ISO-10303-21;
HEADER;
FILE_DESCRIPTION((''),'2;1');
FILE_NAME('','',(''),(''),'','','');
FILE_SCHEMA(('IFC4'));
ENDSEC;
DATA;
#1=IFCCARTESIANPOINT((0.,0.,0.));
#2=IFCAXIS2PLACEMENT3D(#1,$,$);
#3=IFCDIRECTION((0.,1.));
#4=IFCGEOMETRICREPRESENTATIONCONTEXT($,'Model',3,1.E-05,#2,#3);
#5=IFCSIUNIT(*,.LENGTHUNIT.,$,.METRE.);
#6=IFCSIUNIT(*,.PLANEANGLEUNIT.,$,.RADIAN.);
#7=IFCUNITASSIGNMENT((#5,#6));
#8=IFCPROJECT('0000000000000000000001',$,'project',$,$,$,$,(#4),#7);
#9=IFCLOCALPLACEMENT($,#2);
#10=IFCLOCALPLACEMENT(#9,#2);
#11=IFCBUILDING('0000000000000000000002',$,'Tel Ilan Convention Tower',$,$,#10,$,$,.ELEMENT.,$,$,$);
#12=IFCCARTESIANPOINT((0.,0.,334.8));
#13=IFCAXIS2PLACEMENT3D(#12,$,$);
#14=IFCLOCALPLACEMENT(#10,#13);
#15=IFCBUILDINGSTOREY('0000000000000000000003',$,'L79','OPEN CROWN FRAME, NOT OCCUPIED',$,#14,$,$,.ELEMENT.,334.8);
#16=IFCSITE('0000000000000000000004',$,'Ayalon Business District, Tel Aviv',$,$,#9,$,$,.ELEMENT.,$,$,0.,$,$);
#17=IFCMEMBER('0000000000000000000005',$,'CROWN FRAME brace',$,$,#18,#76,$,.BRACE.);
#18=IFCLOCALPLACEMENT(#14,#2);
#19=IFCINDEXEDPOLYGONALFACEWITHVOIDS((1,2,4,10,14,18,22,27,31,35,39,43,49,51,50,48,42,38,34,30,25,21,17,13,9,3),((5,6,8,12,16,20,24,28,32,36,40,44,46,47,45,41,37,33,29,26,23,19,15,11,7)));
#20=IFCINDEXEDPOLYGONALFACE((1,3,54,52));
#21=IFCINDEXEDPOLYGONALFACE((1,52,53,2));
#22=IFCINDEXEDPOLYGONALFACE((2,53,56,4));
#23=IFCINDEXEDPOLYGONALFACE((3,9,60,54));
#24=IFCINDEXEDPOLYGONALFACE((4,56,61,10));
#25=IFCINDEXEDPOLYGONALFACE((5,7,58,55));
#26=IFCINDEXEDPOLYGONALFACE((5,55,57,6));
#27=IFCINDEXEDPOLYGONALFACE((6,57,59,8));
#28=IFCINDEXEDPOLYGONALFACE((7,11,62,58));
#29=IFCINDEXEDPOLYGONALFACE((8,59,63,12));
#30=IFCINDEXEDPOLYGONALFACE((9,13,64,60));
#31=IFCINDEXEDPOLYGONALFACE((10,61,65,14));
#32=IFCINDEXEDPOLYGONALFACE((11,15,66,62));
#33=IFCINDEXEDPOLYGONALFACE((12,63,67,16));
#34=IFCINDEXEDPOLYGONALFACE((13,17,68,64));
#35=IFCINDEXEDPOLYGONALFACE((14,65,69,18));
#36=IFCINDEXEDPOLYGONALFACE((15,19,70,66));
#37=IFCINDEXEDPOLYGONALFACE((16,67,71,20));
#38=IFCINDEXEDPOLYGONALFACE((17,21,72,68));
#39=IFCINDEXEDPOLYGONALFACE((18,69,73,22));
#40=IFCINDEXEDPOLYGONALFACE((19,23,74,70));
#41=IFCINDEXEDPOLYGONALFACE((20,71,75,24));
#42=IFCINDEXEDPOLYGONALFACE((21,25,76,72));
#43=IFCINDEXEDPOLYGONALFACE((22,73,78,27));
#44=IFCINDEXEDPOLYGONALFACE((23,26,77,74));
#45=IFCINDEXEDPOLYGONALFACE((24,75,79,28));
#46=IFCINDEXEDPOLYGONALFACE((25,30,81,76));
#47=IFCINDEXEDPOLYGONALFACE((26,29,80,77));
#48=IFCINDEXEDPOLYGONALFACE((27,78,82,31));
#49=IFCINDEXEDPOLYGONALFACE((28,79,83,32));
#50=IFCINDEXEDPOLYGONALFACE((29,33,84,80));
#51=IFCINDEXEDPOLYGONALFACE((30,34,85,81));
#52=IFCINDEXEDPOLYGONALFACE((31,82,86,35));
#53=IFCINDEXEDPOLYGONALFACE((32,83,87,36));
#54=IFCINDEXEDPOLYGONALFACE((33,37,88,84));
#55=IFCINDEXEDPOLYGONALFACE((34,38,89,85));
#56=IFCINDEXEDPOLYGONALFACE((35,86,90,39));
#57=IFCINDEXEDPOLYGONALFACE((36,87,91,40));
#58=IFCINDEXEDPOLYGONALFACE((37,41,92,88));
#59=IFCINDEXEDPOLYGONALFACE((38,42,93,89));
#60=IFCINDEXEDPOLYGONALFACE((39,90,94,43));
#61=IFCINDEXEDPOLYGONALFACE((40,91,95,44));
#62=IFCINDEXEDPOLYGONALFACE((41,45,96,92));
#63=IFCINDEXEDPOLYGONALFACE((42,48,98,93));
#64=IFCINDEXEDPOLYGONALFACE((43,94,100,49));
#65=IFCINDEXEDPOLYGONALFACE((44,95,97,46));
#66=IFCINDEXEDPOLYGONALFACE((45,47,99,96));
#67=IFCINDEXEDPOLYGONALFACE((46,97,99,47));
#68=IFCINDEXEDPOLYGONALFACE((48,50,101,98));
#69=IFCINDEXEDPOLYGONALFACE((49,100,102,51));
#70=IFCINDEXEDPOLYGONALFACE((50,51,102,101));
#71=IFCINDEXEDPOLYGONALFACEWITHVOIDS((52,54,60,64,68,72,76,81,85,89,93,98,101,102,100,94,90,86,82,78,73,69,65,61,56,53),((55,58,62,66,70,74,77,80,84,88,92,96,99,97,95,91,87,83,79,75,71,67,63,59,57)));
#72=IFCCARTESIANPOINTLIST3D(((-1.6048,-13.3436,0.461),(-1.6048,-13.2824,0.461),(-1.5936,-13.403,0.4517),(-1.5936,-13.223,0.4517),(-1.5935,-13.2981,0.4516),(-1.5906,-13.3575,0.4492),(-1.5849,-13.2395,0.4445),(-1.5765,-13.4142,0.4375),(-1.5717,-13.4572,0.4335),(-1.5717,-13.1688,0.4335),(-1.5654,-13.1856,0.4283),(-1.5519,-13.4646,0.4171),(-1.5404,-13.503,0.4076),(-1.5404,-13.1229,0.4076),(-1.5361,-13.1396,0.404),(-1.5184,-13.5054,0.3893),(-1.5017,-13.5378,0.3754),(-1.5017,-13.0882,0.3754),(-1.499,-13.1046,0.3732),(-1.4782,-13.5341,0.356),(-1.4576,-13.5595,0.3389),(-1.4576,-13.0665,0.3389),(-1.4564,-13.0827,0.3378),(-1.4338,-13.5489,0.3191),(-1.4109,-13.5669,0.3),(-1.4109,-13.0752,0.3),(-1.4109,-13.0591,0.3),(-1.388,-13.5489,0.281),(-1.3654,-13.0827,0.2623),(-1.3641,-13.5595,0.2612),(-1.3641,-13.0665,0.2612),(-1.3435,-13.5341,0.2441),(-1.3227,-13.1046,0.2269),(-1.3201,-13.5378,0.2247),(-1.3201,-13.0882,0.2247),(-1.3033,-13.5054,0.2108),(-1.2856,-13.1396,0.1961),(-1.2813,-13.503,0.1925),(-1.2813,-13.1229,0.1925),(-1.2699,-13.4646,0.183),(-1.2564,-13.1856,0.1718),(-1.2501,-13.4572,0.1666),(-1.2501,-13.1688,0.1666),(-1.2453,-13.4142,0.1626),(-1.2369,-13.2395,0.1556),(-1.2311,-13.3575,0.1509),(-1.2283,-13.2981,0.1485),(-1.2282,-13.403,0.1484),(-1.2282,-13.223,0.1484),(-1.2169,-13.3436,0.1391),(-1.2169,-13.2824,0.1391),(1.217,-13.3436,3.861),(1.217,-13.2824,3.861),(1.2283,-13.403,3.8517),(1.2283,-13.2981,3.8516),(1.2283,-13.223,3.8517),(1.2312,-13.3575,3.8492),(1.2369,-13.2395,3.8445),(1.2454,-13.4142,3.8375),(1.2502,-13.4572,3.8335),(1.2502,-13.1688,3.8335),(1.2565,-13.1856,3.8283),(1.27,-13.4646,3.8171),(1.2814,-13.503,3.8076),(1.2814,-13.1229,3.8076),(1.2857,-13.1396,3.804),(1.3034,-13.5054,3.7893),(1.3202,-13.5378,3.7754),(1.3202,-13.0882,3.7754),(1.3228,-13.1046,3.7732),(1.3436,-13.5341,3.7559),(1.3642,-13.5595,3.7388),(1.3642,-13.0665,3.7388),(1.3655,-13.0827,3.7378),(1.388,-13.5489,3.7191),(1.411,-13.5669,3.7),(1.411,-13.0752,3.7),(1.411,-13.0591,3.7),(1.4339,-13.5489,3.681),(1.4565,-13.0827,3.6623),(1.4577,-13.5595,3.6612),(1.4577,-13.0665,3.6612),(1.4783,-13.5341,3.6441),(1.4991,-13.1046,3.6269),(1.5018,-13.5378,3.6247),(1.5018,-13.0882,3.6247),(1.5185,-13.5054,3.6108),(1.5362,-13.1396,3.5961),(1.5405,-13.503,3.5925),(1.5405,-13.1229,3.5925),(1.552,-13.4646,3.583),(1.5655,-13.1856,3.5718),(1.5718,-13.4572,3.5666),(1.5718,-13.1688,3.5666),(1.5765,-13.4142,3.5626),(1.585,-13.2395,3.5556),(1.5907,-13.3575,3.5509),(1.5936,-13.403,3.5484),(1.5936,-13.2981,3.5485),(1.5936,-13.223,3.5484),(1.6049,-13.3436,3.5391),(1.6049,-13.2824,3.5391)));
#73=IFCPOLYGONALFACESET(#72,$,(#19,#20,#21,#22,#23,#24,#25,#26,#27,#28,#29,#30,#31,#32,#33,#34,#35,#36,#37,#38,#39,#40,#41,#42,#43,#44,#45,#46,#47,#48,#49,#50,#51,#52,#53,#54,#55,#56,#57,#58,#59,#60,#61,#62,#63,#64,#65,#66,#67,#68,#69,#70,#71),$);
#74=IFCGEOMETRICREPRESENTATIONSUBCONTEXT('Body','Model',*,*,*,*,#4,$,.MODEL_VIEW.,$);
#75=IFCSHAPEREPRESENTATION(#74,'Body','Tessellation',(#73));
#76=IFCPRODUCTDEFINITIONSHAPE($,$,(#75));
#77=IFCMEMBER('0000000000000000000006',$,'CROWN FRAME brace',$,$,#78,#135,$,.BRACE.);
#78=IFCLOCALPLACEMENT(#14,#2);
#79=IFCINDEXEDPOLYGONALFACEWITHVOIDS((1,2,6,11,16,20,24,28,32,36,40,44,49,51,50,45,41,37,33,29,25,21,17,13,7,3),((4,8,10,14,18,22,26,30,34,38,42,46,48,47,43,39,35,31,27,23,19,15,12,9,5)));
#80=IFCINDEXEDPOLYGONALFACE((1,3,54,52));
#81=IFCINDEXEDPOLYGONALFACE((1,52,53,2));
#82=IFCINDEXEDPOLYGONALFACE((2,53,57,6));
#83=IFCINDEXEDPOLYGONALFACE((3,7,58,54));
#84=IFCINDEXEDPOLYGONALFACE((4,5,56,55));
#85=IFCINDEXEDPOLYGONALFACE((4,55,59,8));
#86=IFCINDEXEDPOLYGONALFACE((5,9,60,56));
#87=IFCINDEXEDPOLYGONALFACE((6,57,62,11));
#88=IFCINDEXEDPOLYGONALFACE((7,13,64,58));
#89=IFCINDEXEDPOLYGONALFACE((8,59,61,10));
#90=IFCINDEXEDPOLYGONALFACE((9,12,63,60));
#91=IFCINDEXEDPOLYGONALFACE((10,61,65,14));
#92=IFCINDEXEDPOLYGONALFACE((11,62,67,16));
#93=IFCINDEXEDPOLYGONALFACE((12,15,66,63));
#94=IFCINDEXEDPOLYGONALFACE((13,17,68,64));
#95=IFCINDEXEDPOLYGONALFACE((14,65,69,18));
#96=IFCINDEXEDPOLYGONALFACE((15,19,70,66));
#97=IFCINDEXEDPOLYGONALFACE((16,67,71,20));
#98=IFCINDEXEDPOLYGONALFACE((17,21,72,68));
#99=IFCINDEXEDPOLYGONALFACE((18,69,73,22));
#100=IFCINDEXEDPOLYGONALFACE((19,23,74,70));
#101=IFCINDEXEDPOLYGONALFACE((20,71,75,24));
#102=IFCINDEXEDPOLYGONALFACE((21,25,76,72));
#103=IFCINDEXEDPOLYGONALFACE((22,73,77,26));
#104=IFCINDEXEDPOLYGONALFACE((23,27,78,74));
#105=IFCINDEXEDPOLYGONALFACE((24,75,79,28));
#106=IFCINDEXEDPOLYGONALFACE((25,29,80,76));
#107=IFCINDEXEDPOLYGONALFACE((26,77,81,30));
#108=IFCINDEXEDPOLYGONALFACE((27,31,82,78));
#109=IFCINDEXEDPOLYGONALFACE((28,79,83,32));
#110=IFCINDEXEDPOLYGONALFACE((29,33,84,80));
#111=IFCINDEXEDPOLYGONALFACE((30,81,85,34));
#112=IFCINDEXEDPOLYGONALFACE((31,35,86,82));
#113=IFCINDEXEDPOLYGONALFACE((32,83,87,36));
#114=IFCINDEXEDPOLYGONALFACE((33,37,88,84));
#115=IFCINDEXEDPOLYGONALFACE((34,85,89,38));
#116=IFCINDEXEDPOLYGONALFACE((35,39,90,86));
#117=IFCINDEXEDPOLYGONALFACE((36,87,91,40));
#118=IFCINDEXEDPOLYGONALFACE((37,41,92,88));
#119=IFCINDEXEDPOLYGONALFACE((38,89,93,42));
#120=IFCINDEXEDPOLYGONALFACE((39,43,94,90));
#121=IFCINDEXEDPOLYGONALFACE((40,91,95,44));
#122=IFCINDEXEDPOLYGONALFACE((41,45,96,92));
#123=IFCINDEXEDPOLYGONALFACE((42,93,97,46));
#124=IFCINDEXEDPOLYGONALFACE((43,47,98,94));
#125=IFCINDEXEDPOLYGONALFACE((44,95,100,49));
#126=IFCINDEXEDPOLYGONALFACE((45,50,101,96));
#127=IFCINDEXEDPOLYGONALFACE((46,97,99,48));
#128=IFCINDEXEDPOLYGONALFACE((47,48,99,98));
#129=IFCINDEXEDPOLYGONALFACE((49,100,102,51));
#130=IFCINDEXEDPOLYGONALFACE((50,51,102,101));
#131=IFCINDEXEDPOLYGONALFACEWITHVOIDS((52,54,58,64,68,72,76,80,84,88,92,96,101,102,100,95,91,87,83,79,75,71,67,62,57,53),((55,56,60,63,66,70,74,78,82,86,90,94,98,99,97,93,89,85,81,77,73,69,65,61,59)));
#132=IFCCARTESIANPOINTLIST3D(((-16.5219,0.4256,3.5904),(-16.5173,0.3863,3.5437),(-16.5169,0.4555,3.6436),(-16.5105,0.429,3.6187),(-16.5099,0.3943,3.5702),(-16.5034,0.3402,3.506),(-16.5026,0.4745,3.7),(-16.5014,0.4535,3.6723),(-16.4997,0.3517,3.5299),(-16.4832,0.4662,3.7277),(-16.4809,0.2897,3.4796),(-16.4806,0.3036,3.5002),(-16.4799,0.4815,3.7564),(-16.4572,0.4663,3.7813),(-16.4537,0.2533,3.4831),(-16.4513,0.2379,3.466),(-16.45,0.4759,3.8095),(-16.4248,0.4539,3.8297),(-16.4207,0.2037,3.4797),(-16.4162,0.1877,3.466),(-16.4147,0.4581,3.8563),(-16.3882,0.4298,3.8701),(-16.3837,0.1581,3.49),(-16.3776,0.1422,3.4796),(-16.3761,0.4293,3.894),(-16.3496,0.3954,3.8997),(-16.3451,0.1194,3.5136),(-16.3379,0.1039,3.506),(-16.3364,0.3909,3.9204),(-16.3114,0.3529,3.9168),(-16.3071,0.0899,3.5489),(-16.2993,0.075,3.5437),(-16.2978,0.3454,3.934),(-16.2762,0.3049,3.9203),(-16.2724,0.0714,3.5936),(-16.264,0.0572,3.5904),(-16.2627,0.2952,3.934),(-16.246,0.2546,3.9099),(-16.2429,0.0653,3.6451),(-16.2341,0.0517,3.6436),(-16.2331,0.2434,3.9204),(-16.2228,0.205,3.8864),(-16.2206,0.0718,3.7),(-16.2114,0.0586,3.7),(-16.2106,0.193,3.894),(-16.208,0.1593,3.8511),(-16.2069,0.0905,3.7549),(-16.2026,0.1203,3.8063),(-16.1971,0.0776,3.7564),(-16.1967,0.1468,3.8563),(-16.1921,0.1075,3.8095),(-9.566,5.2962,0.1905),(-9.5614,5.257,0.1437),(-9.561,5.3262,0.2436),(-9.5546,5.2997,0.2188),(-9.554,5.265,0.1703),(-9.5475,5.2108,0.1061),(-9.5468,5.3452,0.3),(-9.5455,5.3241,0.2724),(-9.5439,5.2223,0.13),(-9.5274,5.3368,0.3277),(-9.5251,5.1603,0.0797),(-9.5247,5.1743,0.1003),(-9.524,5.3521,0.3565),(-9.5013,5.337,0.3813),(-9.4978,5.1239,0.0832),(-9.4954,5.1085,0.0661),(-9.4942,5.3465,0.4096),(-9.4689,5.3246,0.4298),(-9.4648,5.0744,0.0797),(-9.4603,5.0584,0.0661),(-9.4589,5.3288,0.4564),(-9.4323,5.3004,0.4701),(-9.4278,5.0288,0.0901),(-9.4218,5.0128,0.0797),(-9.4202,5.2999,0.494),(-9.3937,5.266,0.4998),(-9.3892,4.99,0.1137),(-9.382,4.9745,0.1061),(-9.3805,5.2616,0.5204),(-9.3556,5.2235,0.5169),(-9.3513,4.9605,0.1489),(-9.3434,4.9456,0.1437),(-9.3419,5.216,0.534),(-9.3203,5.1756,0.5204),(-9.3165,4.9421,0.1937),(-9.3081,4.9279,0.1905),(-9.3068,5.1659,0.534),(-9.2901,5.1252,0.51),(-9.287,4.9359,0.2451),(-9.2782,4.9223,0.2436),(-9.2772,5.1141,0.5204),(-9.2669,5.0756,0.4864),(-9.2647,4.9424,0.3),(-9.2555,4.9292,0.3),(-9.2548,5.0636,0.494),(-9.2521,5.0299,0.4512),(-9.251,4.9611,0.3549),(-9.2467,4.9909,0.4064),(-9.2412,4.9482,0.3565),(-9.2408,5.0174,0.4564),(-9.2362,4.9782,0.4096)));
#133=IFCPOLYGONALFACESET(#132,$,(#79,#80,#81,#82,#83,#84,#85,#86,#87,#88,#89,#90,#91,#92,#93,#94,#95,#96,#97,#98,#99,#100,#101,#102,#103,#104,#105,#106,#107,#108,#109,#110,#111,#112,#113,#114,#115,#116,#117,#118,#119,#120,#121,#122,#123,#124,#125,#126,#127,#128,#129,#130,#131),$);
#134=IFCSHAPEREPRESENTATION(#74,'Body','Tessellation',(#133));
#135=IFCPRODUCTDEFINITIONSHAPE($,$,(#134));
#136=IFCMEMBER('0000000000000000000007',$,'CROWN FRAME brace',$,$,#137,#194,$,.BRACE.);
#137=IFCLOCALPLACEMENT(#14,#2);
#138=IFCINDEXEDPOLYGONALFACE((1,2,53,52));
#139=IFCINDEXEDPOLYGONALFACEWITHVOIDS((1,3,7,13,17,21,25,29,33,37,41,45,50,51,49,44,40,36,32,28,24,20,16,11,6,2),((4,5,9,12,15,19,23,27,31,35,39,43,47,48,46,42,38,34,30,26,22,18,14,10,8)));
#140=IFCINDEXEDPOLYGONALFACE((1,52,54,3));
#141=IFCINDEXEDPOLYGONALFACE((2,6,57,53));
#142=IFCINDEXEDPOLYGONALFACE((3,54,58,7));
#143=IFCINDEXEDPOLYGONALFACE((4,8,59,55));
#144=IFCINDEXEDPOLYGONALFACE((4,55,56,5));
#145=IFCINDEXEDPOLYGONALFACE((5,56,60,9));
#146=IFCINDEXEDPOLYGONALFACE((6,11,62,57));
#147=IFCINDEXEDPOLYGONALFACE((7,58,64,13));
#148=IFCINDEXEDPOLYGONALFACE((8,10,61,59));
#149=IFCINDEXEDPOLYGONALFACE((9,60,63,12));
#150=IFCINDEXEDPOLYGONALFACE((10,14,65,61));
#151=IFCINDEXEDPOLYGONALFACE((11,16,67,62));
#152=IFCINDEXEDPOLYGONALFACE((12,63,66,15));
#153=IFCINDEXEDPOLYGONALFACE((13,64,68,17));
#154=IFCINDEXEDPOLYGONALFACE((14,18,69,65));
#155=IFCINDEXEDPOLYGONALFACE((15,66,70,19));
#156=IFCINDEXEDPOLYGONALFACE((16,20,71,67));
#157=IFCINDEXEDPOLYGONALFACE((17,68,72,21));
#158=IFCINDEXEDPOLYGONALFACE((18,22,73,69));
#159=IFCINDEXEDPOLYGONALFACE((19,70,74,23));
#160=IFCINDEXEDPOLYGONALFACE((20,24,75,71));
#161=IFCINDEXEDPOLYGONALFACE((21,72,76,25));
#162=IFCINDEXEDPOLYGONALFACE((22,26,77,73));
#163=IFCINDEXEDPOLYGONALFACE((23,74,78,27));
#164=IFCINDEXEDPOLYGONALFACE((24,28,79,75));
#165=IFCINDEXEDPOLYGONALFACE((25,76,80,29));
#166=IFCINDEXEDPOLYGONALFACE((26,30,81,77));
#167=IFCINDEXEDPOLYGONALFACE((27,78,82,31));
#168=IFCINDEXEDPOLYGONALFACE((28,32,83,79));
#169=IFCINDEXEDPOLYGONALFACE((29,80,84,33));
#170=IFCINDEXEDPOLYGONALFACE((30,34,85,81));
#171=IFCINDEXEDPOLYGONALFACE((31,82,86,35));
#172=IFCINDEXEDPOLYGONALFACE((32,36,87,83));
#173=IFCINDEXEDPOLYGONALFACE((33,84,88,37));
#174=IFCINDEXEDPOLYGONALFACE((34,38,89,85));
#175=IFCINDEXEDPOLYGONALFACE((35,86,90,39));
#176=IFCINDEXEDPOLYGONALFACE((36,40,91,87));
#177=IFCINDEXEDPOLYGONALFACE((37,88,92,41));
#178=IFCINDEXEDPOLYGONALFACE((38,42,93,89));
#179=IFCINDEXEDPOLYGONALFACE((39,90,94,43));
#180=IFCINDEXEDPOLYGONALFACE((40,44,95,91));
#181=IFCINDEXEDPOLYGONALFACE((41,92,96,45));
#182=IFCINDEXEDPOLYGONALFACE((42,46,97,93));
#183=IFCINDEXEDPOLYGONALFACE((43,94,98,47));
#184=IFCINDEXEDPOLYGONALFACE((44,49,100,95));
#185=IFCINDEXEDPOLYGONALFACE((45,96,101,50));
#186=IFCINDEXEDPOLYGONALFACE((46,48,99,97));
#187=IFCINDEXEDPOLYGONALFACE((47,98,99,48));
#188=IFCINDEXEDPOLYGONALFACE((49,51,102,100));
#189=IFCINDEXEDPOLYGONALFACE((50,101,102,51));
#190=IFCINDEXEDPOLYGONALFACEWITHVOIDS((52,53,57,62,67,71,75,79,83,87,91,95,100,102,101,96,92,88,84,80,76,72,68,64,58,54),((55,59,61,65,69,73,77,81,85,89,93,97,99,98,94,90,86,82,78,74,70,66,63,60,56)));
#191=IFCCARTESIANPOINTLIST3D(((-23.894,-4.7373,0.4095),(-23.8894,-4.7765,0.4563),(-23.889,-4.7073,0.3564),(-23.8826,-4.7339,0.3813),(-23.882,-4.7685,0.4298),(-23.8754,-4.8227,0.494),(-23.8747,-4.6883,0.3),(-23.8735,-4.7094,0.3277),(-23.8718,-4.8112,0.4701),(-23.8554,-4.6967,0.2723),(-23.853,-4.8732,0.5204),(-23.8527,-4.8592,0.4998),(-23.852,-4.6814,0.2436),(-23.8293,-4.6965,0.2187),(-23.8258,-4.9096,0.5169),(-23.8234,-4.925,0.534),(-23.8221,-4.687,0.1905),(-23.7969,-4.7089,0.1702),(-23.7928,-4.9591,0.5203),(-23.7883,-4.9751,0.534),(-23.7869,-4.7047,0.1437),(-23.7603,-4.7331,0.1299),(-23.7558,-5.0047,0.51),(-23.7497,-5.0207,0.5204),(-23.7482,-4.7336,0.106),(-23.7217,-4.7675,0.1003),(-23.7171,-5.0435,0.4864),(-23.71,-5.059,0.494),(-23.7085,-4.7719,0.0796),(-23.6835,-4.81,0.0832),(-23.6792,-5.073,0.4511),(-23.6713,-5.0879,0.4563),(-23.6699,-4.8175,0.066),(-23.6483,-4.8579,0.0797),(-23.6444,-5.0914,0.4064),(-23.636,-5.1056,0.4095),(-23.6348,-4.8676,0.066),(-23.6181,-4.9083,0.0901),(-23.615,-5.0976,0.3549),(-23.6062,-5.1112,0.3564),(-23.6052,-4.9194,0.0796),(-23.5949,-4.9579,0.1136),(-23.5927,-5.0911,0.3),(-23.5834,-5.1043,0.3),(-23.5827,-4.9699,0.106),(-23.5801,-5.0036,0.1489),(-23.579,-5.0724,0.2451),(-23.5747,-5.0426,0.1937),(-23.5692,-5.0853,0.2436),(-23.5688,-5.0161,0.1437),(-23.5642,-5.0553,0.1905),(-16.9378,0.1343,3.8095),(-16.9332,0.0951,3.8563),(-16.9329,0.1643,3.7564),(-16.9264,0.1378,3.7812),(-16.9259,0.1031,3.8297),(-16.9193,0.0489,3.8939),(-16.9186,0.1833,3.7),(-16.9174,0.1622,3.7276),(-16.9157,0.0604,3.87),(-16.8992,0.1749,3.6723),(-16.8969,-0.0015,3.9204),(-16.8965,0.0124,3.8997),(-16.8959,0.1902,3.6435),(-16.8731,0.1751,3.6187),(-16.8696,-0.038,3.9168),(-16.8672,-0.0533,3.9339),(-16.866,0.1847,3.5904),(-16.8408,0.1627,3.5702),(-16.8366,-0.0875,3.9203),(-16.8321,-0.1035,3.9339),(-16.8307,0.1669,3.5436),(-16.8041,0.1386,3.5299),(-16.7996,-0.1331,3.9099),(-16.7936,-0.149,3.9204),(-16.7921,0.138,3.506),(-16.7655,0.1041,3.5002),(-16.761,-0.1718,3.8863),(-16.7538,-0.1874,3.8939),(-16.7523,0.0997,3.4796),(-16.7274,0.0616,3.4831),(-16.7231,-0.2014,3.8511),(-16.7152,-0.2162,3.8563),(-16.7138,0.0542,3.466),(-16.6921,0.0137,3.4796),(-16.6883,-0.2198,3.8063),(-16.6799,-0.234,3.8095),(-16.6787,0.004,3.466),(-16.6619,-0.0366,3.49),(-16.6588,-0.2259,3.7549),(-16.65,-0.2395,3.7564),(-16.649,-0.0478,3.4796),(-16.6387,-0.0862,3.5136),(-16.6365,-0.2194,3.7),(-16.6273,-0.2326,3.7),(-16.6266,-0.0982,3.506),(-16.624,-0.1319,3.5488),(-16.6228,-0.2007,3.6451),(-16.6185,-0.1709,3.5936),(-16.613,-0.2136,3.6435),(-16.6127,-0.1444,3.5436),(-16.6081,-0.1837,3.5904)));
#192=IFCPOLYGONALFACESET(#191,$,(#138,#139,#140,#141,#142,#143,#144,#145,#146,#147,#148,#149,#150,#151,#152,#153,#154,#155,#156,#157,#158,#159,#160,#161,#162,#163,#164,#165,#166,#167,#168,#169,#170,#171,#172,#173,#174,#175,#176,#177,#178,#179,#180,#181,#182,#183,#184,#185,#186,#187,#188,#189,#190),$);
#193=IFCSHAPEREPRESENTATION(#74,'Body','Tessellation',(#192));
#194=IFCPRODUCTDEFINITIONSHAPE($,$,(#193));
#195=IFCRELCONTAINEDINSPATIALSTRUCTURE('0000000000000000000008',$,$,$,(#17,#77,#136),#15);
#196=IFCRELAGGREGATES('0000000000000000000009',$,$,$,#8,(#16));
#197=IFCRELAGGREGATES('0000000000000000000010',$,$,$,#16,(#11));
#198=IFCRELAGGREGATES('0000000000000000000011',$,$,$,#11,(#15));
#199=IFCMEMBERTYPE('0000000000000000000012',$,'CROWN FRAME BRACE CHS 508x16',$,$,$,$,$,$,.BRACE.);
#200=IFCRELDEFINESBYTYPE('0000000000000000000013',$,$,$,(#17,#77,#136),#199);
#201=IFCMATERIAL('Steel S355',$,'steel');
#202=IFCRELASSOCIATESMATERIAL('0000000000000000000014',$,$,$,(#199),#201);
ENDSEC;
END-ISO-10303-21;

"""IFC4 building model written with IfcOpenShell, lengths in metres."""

from ifc_helpers import new_model, si_unit, direction, frame, origin, origin_2d, place, context, subcontext, project, spatial, hollow_circle, extrude, material, material_profile, profile_set, type_object, element, save


model = new_model("IFC4")

# Units and contexts
model_context = context("Model", 3, precision=1e-05, world=origin(), true_north=direction((0.0, 1.0)))
body_context = subcontext(model_context, "Body", "Model", "MODEL_VIEW")
ifc_project = project(units=[si_unit("LENGTHUNIT", "METRE"), si_unit("PLANEANGLEUNIT", "RADIAN")], contexts=[model_context])

# Site, building, storey
site_placement = place(None, origin())
site = spatial("IfcSite", under=ifc_project, at=site_placement, Name="Ayalon Business District, Tel Aviv", CompositionType="ELEMENT", RefElevation=0.0)
building_placement = place(site_placement, origin())
building = spatial("IfcBuilding", under=site, at=building_placement, Name="Tel Ilan Convention Tower", CompositionType="ELEMENT")
storey_placement = place(building_placement, frame((0.0, 0.0, 334.8)))
storey = spatial("IfcBuildingStorey", under=building, at=storey_placement, Name="L79", Description="OPEN CROWN FRAME, NOT OCCUPIED", CompositionType="ELEMENT", Elevation=334.8)

# Members
ifc_material_1 = material(Name="Steel S355", Category="steel")
ifc_material_profile_1 = material_profile(ifc_material_1, hollow_circle(Radius=0.2539, WallThickness=0.0161, at=origin_2d()), Name="CHS 508x16")
ifc_profile_set_1 = profile_set([ifc_material_profile_1], Name="Steel S355")
member_type = type_object("IfcMemberType", Name="CROWN FRAME BRACE CHS 508x16", PredefinedType="BRACE", material=ifc_profile_set_1)
member_1_placement = place(storey_placement, frame((-1.4109, -13.313, 0.3), z_axis=(0.63865, 0.0, 0.769497), x_axis=(0.0, 1.0, 0.0)))
element("IfcMember", 1, at=member_1_placement, inside=storey, type_object=member_type, Name="CROWN FRAME brace", PredefinedType="BRACE", context=body_context, shape_type="SweptSolid", body=[
    extrude(hollow_circle(Radius=0.2539, WallThickness=0.0161, at=origin_2d()), origin(), (0.0, 0.0, 1.0), 4.4185),
])
member_2_placement = place(storey_placement, frame((-9.4011, 5.1372, 0.3), z_axis=(-0.760457, -0.532488, 0.371701), x_axis=(0.573584, -0.819147, 0.0)))
element("IfcMember", 2, at=member_2_placement, inside=storey, type_object=member_type, Name="CROWN FRAME brace", PredefinedType="BRACE", context=body_context, shape_type="SweptSolid", body=[
    extrude(hollow_circle(Radius=0.2539, WallThickness=0.0161, at=origin_2d()), origin(), (0.0, 0.0, 1.0), 9.147),
])
member_3_placement = place(storey_placement, frame((-16.7729, -0.0247, 3.7), z_axis=(-0.760425, -0.532554, -0.371672), x_axis=(0.573648, -0.819102, 0.0)))
element("IfcMember", 3, at=member_3_placement, inside=storey, type_object=member_type, Name="CROWN FRAME brace", PredefinedType="BRACE", context=body_context, shape_type="SweptSolid", body=[
    extrude(hollow_circle(Radius=0.2539, WallThickness=0.0161, at=origin_2d()), origin(), (0.0, 0.0, 1.0), 9.1477),
])

save(model, "model.ifc")
